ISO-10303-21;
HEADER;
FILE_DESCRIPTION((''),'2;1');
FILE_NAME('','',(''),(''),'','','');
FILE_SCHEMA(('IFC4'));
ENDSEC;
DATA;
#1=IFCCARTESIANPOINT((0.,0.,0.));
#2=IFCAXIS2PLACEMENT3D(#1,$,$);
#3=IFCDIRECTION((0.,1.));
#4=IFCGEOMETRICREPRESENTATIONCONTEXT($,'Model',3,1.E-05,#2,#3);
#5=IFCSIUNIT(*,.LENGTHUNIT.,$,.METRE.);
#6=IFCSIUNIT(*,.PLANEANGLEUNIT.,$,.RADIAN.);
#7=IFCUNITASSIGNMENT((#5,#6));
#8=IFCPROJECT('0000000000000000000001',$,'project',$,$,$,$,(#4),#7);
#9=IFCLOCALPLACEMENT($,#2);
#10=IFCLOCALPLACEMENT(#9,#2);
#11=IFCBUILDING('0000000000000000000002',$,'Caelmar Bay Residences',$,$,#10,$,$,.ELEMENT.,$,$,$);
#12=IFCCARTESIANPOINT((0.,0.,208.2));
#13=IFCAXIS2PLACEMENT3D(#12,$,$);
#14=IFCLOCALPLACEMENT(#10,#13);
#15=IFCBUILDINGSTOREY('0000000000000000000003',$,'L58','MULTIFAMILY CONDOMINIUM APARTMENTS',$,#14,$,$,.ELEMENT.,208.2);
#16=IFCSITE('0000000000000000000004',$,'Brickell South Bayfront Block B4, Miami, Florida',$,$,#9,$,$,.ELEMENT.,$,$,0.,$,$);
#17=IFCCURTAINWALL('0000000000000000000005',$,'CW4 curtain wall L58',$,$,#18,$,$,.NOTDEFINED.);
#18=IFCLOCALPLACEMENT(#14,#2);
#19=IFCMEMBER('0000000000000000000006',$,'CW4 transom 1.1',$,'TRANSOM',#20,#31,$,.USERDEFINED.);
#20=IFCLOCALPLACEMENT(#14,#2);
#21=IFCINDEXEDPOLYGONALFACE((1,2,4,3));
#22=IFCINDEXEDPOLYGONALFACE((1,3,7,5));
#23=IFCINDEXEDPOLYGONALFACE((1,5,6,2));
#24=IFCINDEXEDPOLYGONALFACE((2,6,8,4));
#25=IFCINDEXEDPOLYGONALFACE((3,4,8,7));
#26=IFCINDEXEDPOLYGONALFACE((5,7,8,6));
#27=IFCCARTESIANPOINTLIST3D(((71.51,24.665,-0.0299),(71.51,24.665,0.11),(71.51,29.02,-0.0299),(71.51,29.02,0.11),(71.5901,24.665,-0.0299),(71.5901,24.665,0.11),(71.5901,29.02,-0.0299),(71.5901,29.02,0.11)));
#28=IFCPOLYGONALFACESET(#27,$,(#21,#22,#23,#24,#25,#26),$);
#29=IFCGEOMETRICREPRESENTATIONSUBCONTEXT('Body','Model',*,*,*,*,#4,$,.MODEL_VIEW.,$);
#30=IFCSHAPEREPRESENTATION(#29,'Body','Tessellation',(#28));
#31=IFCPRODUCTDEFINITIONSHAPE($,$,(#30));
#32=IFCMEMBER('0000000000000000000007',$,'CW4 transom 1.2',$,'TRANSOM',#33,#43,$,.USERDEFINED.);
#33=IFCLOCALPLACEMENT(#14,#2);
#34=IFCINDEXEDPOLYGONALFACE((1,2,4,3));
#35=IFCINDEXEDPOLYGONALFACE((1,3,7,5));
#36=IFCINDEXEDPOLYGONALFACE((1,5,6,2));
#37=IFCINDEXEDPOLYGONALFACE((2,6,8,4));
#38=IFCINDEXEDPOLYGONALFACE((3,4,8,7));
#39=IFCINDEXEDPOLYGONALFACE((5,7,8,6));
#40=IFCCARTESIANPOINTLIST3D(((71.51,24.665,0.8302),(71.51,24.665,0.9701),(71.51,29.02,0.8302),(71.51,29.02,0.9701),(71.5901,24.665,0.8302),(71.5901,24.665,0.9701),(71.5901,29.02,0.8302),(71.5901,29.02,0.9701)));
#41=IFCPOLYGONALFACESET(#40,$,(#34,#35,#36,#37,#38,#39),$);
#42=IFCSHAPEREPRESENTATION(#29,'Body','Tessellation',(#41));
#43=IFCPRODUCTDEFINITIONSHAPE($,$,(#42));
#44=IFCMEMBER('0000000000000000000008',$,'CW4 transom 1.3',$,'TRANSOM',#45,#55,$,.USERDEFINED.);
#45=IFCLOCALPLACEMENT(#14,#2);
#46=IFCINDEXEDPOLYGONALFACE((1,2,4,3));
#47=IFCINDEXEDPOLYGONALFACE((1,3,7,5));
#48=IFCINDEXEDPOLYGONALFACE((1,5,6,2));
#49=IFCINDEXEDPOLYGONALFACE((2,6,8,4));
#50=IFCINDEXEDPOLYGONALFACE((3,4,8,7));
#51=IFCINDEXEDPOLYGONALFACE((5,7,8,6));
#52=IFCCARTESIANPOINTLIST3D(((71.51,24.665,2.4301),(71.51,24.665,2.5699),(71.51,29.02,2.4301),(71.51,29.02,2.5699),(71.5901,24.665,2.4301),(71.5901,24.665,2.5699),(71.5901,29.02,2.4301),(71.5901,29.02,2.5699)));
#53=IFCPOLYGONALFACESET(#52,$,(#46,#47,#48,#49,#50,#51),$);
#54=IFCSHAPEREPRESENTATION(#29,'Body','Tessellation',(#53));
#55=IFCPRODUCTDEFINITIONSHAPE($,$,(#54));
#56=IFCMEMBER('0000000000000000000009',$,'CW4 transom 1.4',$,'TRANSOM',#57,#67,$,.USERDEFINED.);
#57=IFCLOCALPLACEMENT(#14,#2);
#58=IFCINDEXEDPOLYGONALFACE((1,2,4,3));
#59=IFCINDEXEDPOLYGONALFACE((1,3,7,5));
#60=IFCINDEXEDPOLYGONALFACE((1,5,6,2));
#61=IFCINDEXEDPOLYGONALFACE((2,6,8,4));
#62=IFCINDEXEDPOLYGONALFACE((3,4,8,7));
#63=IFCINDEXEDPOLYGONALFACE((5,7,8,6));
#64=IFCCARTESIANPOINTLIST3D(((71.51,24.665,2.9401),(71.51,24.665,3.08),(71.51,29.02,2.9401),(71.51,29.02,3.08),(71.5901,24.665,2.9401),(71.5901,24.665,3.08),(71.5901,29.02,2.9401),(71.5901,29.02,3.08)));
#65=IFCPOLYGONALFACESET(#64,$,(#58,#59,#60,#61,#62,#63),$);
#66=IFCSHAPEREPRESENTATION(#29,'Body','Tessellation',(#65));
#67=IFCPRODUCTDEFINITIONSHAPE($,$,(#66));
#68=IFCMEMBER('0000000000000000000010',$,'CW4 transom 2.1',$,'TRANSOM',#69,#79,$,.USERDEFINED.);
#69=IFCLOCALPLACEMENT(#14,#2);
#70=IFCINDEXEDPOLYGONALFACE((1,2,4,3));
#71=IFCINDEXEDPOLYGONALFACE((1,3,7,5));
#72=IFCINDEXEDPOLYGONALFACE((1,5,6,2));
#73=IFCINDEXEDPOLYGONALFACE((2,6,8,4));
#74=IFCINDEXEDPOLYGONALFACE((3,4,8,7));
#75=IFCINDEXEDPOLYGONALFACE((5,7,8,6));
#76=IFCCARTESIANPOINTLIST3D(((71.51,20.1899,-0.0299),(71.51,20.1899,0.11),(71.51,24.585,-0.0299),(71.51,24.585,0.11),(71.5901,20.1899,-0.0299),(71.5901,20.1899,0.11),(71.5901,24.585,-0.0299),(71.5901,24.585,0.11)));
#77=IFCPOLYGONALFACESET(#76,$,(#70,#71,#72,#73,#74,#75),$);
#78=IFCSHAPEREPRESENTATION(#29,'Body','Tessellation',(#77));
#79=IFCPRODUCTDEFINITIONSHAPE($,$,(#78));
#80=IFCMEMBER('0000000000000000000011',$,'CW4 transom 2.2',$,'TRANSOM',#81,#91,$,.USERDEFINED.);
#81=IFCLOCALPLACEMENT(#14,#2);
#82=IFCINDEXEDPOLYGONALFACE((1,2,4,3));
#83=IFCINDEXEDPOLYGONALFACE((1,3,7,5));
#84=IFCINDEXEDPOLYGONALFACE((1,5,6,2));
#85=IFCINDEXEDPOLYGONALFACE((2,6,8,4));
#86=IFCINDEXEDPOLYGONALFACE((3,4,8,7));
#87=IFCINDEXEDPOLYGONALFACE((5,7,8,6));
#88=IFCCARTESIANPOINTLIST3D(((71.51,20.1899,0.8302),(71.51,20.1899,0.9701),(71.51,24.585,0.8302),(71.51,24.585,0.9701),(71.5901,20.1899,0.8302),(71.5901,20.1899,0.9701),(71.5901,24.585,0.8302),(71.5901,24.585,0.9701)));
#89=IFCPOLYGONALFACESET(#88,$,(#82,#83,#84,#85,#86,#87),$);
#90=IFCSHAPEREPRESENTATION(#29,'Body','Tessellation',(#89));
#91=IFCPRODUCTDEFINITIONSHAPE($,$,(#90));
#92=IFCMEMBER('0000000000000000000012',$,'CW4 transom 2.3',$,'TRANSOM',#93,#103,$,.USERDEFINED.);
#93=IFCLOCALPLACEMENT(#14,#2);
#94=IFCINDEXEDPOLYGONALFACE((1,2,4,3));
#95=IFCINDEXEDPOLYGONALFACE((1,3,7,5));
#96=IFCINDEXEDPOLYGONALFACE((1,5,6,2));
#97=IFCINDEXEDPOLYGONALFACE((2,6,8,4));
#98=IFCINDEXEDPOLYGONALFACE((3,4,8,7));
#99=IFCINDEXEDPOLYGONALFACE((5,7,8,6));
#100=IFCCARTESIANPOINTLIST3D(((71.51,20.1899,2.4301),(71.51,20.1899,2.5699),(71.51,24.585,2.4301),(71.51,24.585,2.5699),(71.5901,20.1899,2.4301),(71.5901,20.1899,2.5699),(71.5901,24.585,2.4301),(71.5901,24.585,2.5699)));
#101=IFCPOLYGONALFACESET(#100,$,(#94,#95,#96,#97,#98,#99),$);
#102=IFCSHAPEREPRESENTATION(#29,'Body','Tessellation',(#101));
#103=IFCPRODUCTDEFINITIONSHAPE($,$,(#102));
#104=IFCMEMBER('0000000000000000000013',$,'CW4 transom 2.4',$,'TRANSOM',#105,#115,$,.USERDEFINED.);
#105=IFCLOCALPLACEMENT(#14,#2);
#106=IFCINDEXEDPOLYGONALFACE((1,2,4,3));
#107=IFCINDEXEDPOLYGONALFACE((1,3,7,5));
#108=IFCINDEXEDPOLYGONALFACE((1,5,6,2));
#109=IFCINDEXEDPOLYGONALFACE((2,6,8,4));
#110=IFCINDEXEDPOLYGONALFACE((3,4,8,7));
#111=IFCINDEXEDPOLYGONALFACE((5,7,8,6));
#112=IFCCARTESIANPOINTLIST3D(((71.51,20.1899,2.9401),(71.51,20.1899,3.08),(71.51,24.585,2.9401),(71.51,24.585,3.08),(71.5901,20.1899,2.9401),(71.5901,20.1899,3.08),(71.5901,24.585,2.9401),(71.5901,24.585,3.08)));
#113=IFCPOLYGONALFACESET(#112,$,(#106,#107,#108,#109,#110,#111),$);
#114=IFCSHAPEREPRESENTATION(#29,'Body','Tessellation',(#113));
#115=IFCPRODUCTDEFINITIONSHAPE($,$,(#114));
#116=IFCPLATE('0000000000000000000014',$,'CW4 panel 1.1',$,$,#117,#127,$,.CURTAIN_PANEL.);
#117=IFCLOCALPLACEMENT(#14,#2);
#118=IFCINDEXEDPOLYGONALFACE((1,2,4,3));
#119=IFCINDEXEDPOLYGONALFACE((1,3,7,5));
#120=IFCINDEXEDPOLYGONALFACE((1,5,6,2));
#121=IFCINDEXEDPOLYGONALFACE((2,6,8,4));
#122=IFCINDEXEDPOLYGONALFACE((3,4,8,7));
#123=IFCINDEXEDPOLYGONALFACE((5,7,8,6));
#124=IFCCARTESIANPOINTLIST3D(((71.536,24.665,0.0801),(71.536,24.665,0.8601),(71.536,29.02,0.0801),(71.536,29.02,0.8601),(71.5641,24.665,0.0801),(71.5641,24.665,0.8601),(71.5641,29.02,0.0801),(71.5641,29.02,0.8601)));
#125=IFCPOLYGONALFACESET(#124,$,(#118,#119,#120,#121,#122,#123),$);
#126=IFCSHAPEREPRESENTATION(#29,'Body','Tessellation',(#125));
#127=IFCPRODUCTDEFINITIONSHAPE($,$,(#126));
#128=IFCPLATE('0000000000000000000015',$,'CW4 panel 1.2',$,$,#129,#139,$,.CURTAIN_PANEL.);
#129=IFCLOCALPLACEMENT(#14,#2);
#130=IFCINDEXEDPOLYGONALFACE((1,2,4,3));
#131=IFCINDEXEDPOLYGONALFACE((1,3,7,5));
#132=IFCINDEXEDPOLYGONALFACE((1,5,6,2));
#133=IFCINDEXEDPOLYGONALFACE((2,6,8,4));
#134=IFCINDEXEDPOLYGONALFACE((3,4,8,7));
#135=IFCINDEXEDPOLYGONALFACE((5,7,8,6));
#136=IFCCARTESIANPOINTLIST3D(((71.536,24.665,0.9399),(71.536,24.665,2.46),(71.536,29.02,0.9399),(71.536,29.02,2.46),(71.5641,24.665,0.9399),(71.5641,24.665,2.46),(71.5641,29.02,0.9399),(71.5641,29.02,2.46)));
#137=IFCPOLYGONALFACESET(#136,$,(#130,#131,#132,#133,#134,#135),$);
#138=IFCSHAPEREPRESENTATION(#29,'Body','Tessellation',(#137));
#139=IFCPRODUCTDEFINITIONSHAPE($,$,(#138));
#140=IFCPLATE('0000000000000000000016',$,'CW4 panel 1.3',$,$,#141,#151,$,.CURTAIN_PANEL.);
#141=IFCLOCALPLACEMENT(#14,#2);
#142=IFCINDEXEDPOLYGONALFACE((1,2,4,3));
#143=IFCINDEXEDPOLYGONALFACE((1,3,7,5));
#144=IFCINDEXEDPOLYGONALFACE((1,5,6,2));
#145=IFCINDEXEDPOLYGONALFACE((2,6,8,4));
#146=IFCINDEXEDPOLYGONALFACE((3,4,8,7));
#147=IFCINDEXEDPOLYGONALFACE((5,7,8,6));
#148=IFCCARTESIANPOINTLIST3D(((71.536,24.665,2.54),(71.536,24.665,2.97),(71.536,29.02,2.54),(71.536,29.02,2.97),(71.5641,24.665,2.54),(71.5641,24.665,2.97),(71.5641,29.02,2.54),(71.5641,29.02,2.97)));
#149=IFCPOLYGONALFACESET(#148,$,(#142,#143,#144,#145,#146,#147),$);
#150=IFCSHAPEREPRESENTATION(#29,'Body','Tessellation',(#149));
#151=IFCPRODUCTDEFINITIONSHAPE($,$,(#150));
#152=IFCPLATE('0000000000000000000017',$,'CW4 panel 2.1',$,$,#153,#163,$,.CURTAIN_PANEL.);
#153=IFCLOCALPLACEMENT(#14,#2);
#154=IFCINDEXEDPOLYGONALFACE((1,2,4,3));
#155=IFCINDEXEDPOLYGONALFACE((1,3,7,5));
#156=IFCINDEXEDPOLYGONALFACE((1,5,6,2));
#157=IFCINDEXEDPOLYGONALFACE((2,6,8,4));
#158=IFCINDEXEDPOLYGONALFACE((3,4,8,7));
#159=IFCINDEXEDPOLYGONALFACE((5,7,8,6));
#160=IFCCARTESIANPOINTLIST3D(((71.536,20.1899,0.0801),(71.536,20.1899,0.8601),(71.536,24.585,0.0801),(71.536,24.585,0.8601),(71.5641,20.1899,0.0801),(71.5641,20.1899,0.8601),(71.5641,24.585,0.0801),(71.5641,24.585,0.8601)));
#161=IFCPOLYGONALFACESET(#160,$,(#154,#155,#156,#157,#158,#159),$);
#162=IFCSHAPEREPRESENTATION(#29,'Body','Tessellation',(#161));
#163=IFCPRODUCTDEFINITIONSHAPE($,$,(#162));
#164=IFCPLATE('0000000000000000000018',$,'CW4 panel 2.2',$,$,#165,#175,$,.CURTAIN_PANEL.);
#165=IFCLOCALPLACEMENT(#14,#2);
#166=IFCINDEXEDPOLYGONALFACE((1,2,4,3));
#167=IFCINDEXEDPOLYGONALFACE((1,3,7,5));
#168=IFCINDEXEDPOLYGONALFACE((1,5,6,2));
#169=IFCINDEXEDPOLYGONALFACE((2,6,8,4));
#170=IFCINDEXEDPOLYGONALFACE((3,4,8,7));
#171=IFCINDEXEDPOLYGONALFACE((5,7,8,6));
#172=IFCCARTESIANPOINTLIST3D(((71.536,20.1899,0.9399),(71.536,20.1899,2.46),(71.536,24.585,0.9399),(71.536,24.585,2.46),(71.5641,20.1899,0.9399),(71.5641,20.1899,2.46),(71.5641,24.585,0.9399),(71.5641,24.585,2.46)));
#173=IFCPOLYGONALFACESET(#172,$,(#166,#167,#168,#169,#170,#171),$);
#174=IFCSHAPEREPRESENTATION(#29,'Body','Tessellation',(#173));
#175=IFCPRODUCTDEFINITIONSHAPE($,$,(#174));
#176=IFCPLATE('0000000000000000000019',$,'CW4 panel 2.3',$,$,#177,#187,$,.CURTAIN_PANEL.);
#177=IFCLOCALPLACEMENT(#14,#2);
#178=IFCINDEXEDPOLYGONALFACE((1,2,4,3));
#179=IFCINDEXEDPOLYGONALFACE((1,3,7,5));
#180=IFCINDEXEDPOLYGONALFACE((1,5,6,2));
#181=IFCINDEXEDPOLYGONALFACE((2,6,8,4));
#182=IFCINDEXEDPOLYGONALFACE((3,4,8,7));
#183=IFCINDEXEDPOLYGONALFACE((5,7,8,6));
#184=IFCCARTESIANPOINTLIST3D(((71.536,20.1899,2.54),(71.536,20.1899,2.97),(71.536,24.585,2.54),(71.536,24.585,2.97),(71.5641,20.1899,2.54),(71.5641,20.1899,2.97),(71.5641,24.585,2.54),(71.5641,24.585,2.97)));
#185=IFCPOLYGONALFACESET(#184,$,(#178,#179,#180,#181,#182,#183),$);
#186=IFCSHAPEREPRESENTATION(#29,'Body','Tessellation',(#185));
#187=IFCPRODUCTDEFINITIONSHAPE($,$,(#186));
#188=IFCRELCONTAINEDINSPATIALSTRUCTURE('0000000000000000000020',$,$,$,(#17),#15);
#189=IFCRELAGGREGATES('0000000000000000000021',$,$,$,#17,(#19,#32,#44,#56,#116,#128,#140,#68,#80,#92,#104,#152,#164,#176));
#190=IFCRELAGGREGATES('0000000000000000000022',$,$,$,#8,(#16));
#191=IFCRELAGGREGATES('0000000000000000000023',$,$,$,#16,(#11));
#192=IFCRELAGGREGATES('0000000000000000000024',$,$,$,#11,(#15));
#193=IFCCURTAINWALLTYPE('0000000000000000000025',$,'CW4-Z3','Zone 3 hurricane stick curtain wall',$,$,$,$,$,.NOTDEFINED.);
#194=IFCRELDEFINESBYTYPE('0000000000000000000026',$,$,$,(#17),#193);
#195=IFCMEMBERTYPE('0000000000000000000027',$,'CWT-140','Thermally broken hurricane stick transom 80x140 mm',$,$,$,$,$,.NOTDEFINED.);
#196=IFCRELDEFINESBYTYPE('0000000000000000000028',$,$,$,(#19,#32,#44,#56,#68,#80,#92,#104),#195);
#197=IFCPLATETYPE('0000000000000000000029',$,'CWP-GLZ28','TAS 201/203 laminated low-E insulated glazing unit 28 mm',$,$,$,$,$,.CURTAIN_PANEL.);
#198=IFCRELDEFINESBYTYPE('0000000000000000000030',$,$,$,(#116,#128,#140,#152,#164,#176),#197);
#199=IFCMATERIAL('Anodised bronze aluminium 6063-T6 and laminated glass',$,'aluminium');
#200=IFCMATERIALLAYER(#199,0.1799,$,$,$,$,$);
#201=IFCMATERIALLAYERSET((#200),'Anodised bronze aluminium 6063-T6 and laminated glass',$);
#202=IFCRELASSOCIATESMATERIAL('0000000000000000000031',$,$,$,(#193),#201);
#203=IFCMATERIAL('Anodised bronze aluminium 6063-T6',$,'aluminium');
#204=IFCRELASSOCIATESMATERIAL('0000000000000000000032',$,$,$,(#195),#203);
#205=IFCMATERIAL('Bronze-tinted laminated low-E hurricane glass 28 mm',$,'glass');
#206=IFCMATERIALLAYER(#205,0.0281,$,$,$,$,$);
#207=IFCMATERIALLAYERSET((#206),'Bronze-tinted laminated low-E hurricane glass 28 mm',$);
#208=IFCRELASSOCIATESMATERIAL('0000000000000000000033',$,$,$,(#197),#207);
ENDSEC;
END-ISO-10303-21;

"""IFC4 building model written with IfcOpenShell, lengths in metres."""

from ifc_helpers import new_model, si_unit, direction, frame, origin, origin_2d, place, context, subcontext, project, spatial, rectangle, extrude, material, layer, layer_set, material_profile, profile_set, type_object, element, aggregate, save


model = new_model("IFC4")

# Units and contexts
model_context = context("Model", 3, precision=1e-05, world=origin(), true_north=direction((0.0, 1.0)))
body_context = subcontext(model_context, "Body", "Model", "MODEL_VIEW")
ifc_project = project(units=[si_unit("LENGTHUNIT", "METRE"), si_unit("PLANEANGLEUNIT", "RADIAN")], contexts=[model_context])

# Site, building, storey
site_placement = place(None, origin())
site = spatial("IfcSite", under=ifc_project, at=site_placement, Name="Brickell South Bayfront Block B4, Miami, Florida", CompositionType="ELEMENT", RefElevation=0.0)
building_placement = place(site_placement, origin())
building = spatial("IfcBuilding", under=site, at=building_placement, Name="Caelmar Bay Residences", CompositionType="ELEMENT")
storey_placement = place(building_placement, frame((0.0, 0.0, 208.2)))
storey = spatial("IfcBuildingStorey", under=building, at=storey_placement, Name="L58", Description="MULTIFAMILY CONDOMINIUM APARTMENTS", CompositionType="ELEMENT", Elevation=208.2)

# Curtain wall, members, plates
ifc_material_1 = material(Name="Anodised bronze aluminium 6063-T6 and laminated glass", Category="aluminium")
ifc_layer_1 = layer(ifc_material_1, 0.1799)
ifc_layer_set_1 = layer_set([ifc_layer_1], Name="Anodised bronze aluminium 6063-T6 and laminated glass")
curtain_wall_type = type_object("IfcCurtainWallType", Name="CW4-Z3", Description="Zone 3 hurricane stick curtain wall", PredefinedType="NOTDEFINED", material=ifc_layer_set_1)
curtain_wall_placement = place(storey_placement, origin())
curtain_wall = element("IfcCurtainWall", 1, at=curtain_wall_placement, inside=storey, type_object=curtain_wall_type, Name="CW4 curtain wall L58", PredefinedType="NOTDEFINED")
ifc_material_2 = material(Name="Anodised bronze aluminium 6063-T6", Category="aluminium")
ifc_material_profile_1 = material_profile(ifc_material_2, rectangle(XDim=0.0801, YDim=0.1399, at=origin_2d()), Name="CWT-80X140")
ifc_profile_set_1 = profile_set([ifc_material_profile_1], Name="Anodised bronze aluminium 6063-T6")
member_type_1 = type_object("IfcMemberType", Name="CWT-140", Description="Thermally broken hurricane stick transom 80x140 mm", PredefinedType="NOTDEFINED", material=ifc_profile_set_1)
member_1_placement = place(storey_placement, frame((71.55, 29.02, 0.04), z_axis=(0.0, -1.0, 0.0), x_axis=(1.0, 0.0, 0.0)))
member_1 = element("IfcMember", 2, at=member_1_placement, type_object=member_type_1, Name="CW4 transom 1.1", ObjectType="TRANSOM", PredefinedType="USERDEFINED", context=body_context, shape_type="SweptSolid", body=[
    extrude(rectangle(XDim=0.0801, YDim=0.1399, at=origin_2d()), origin(), (0.0, 0.0, 1.0), 4.355),
])
member_2_placement = place(storey_placement, frame((71.55, 29.02, 0.9001), z_axis=(0.0, -1.0, 0.0), x_axis=(1.0, 0.0, 0.0)))
member_2 = element("IfcMember", 3, at=member_2_placement, type_object=member_type_1, Name="CW4 transom 1.2", ObjectType="TRANSOM", PredefinedType="USERDEFINED", context=body_context, shape_type="SweptSolid", body=[
    extrude(rectangle(XDim=0.0801, YDim=0.1399, at=origin_2d()), origin(), (0.0, 0.0, 1.0), 4.355),
])
member_3_placement = place(storey_placement, frame((71.55, 29.02, 2.5), z_axis=(0.0, -1.0, 0.0), x_axis=(1.0, 0.0, 0.0)))
member_3 = element("IfcMember", 4, at=member_3_placement, type_object=member_type_1, Name="CW4 transom 1.3", ObjectType="TRANSOM", PredefinedType="USERDEFINED", context=body_context, shape_type="SweptSolid", body=[
    extrude(rectangle(XDim=0.0801, YDim=0.1399, at=origin_2d()), origin(), (0.0, 0.0, 1.0), 4.355),
])
member_4_placement = place(storey_placement, frame((71.55, 29.02, 3.01), z_axis=(0.0, -1.0, 0.0), x_axis=(1.0, 0.0, 0.0)))
member_4 = element("IfcMember", 5, at=member_4_placement, type_object=member_type_1, Name="CW4 transom 1.4", ObjectType="TRANSOM", PredefinedType="USERDEFINED", context=body_context, shape_type="SweptSolid", body=[
    extrude(rectangle(XDim=0.0801, YDim=0.1399, at=origin_2d()), origin(), (0.0, 0.0, 1.0), 4.355),
])
member_5_placement = place(storey_placement, frame((71.55, 24.585, 0.04), z_axis=(0.0, -1.0, 0.0), x_axis=(1.0, 0.0, 0.0)))
member_5 = element("IfcMember", 6, at=member_5_placement, type_object=member_type_1, Name="CW4 transom 2.1", ObjectType="TRANSOM", PredefinedType="USERDEFINED", context=body_context, shape_type="SweptSolid", body=[
    extrude(rectangle(XDim=0.0801, YDim=0.1399, at=origin_2d()), origin(), (0.0, 0.0, 1.0), 4.395),
])
member_6_placement = place(storey_placement, frame((71.55, 24.585, 0.9001), z_axis=(0.0, -1.0, 0.0), x_axis=(1.0, 0.0, 0.0)))
member_6 = element("IfcMember", 7, at=member_6_placement, type_object=member_type_1, Name="CW4 transom 2.2", ObjectType="TRANSOM", PredefinedType="USERDEFINED", context=body_context, shape_type="SweptSolid", body=[
    extrude(rectangle(XDim=0.0801, YDim=0.1399, at=origin_2d()), origin(), (0.0, 0.0, 1.0), 4.395),
])
member_7_placement = place(storey_placement, frame((71.55, 24.585, 2.5), z_axis=(0.0, -1.0, 0.0), x_axis=(1.0, 0.0, 0.0)))
member_7 = element("IfcMember", 8, at=member_7_placement, type_object=member_type_1, Name="CW4 transom 2.3", ObjectType="TRANSOM", PredefinedType="USERDEFINED", context=body_context, shape_type="SweptSolid", body=[
    extrude(rectangle(XDim=0.0801, YDim=0.1399, at=origin_2d()), origin(), (0.0, 0.0, 1.0), 4.395),
])
member_8_placement = place(storey_placement, frame((71.55, 24.585, 3.01), z_axis=(0.0, -1.0, 0.0), x_axis=(1.0, 0.0, 0.0)))
member_8 = element("IfcMember", 9, at=member_8_placement, type_object=member_type_1, Name="CW4 transom 2.4", ObjectType="TRANSOM", PredefinedType="USERDEFINED", context=body_context, shape_type="SweptSolid", body=[
    extrude(rectangle(XDim=0.0801, YDim=0.1399, at=origin_2d()), origin(), (0.0, 0.0, 1.0), 4.395),
])
ifc_material_3 = material(Name="Bronze-tinted laminated low-E hurricane glass 28 mm", Category="glass")
ifc_layer_2 = layer(ifc_material_3, 0.0281)
ifc_layer_set_2 = layer_set([ifc_layer_2], Name="Bronze-tinted laminated low-E hurricane glass 28 mm")
plate_type = type_object("IfcPlateType", Name="CWP-GLZ28", Description="TAS 201/203 laminated low-E insulated glazing unit 28 mm", PredefinedType="CURTAIN_PANEL", material=ifc_layer_set_2)
plate_1_placement = place(storey_placement, frame((71.55, 26.8425, 0.0801), z_axis=(0.0, 0.0, 1.0), x_axis=(0.0, -1.0, 0.0)))
plate_1 = element("IfcPlate", 10, at=plate_1_placement, type_object=plate_type, Name="CW4 panel 1.1", PredefinedType="CURTAIN_PANEL", context=body_context, shape_type="SweptSolid", body=[
    extrude(rectangle(XDim=4.355, YDim=0.0281, at=origin_2d()), origin(), (0.0, 0.0, 1.0), 0.78),
])
plate_2_placement = place(storey_placement, frame((71.55, 26.8425, 0.9399), z_axis=(0.0, 0.0, 1.0), x_axis=(0.0, -1.0, 0.0)))
plate_2 = element("IfcPlate", 11, at=plate_2_placement, type_object=plate_type, Name="CW4 panel 1.2", PredefinedType="CURTAIN_PANEL", context=body_context, shape_type="SweptSolid", body=[
    extrude(rectangle(XDim=4.355, YDim=0.0281, at=origin_2d()), origin(), (0.0, 0.0, 1.0), 1.52),
])
plate_3_placement = place(storey_placement, frame((71.55, 26.8425, 2.54), z_axis=(0.0, 0.0, 1.0), x_axis=(0.0, -1.0, 0.0)))
plate_3 = element("IfcPlate", 12, at=plate_3_placement, type_object=plate_type, Name="CW4 panel 1.3", PredefinedType="CURTAIN_PANEL", context=body_context, shape_type="SweptSolid", body=[
    extrude(rectangle(XDim=4.355, YDim=0.0281, at=origin_2d()), origin(), (0.0, 0.0, 1.0), 0.4299),
])
plate_4_placement = place(storey_placement, frame((71.55, 22.3875, 0.0801), z_axis=(0.0, 0.0, 1.0), x_axis=(0.0, -1.0, 0.0)))
plate_4 = element("IfcPlate", 13, at=plate_4_placement, type_object=plate_type, Name="CW4 panel 2.1", PredefinedType="CURTAIN_PANEL", context=body_context, shape_type="SweptSolid", body=[
    extrude(rectangle(XDim=4.395, YDim=0.0281, at=origin_2d()), origin(), (0.0, 0.0, 1.0), 0.78),
])
plate_5_placement = place(storey_placement, frame((71.55, 22.3875, 0.9399), z_axis=(0.0, 0.0, 1.0), x_axis=(0.0, -1.0, 0.0)))
plate_5 = element("IfcPlate", 14, at=plate_5_placement, type_object=plate_type, Name="CW4 panel 2.2", PredefinedType="CURTAIN_PANEL", context=body_context, shape_type="SweptSolid", body=[
    extrude(rectangle(XDim=4.395, YDim=0.0281, at=origin_2d()), origin(), (0.0, 0.0, 1.0), 1.52),
])
plate_6_placement = place(storey_placement, frame((71.55, 22.3875, 2.54), z_axis=(0.0, 0.0, 1.0), x_axis=(0.0, -1.0, 0.0)))
plate_6 = element("IfcPlate", 15, at=plate_6_placement, type_object=plate_type, Name="CW4 panel 2.3", PredefinedType="CURTAIN_PANEL", context=body_context, shape_type="SweptSolid", body=[
    extrude(rectangle(XDim=4.395, YDim=0.0281, at=origin_2d()), origin(), (0.0, 0.0, 1.0), 0.4299),
])
aggregate(curtain_wall, [member_1, member_2, member_3, member_4, plate_1, plate_2, plate_3, member_5, member_6, member_7, member_8, plate_4, plate_5, plate_6])

save(model, "model.ifc")
